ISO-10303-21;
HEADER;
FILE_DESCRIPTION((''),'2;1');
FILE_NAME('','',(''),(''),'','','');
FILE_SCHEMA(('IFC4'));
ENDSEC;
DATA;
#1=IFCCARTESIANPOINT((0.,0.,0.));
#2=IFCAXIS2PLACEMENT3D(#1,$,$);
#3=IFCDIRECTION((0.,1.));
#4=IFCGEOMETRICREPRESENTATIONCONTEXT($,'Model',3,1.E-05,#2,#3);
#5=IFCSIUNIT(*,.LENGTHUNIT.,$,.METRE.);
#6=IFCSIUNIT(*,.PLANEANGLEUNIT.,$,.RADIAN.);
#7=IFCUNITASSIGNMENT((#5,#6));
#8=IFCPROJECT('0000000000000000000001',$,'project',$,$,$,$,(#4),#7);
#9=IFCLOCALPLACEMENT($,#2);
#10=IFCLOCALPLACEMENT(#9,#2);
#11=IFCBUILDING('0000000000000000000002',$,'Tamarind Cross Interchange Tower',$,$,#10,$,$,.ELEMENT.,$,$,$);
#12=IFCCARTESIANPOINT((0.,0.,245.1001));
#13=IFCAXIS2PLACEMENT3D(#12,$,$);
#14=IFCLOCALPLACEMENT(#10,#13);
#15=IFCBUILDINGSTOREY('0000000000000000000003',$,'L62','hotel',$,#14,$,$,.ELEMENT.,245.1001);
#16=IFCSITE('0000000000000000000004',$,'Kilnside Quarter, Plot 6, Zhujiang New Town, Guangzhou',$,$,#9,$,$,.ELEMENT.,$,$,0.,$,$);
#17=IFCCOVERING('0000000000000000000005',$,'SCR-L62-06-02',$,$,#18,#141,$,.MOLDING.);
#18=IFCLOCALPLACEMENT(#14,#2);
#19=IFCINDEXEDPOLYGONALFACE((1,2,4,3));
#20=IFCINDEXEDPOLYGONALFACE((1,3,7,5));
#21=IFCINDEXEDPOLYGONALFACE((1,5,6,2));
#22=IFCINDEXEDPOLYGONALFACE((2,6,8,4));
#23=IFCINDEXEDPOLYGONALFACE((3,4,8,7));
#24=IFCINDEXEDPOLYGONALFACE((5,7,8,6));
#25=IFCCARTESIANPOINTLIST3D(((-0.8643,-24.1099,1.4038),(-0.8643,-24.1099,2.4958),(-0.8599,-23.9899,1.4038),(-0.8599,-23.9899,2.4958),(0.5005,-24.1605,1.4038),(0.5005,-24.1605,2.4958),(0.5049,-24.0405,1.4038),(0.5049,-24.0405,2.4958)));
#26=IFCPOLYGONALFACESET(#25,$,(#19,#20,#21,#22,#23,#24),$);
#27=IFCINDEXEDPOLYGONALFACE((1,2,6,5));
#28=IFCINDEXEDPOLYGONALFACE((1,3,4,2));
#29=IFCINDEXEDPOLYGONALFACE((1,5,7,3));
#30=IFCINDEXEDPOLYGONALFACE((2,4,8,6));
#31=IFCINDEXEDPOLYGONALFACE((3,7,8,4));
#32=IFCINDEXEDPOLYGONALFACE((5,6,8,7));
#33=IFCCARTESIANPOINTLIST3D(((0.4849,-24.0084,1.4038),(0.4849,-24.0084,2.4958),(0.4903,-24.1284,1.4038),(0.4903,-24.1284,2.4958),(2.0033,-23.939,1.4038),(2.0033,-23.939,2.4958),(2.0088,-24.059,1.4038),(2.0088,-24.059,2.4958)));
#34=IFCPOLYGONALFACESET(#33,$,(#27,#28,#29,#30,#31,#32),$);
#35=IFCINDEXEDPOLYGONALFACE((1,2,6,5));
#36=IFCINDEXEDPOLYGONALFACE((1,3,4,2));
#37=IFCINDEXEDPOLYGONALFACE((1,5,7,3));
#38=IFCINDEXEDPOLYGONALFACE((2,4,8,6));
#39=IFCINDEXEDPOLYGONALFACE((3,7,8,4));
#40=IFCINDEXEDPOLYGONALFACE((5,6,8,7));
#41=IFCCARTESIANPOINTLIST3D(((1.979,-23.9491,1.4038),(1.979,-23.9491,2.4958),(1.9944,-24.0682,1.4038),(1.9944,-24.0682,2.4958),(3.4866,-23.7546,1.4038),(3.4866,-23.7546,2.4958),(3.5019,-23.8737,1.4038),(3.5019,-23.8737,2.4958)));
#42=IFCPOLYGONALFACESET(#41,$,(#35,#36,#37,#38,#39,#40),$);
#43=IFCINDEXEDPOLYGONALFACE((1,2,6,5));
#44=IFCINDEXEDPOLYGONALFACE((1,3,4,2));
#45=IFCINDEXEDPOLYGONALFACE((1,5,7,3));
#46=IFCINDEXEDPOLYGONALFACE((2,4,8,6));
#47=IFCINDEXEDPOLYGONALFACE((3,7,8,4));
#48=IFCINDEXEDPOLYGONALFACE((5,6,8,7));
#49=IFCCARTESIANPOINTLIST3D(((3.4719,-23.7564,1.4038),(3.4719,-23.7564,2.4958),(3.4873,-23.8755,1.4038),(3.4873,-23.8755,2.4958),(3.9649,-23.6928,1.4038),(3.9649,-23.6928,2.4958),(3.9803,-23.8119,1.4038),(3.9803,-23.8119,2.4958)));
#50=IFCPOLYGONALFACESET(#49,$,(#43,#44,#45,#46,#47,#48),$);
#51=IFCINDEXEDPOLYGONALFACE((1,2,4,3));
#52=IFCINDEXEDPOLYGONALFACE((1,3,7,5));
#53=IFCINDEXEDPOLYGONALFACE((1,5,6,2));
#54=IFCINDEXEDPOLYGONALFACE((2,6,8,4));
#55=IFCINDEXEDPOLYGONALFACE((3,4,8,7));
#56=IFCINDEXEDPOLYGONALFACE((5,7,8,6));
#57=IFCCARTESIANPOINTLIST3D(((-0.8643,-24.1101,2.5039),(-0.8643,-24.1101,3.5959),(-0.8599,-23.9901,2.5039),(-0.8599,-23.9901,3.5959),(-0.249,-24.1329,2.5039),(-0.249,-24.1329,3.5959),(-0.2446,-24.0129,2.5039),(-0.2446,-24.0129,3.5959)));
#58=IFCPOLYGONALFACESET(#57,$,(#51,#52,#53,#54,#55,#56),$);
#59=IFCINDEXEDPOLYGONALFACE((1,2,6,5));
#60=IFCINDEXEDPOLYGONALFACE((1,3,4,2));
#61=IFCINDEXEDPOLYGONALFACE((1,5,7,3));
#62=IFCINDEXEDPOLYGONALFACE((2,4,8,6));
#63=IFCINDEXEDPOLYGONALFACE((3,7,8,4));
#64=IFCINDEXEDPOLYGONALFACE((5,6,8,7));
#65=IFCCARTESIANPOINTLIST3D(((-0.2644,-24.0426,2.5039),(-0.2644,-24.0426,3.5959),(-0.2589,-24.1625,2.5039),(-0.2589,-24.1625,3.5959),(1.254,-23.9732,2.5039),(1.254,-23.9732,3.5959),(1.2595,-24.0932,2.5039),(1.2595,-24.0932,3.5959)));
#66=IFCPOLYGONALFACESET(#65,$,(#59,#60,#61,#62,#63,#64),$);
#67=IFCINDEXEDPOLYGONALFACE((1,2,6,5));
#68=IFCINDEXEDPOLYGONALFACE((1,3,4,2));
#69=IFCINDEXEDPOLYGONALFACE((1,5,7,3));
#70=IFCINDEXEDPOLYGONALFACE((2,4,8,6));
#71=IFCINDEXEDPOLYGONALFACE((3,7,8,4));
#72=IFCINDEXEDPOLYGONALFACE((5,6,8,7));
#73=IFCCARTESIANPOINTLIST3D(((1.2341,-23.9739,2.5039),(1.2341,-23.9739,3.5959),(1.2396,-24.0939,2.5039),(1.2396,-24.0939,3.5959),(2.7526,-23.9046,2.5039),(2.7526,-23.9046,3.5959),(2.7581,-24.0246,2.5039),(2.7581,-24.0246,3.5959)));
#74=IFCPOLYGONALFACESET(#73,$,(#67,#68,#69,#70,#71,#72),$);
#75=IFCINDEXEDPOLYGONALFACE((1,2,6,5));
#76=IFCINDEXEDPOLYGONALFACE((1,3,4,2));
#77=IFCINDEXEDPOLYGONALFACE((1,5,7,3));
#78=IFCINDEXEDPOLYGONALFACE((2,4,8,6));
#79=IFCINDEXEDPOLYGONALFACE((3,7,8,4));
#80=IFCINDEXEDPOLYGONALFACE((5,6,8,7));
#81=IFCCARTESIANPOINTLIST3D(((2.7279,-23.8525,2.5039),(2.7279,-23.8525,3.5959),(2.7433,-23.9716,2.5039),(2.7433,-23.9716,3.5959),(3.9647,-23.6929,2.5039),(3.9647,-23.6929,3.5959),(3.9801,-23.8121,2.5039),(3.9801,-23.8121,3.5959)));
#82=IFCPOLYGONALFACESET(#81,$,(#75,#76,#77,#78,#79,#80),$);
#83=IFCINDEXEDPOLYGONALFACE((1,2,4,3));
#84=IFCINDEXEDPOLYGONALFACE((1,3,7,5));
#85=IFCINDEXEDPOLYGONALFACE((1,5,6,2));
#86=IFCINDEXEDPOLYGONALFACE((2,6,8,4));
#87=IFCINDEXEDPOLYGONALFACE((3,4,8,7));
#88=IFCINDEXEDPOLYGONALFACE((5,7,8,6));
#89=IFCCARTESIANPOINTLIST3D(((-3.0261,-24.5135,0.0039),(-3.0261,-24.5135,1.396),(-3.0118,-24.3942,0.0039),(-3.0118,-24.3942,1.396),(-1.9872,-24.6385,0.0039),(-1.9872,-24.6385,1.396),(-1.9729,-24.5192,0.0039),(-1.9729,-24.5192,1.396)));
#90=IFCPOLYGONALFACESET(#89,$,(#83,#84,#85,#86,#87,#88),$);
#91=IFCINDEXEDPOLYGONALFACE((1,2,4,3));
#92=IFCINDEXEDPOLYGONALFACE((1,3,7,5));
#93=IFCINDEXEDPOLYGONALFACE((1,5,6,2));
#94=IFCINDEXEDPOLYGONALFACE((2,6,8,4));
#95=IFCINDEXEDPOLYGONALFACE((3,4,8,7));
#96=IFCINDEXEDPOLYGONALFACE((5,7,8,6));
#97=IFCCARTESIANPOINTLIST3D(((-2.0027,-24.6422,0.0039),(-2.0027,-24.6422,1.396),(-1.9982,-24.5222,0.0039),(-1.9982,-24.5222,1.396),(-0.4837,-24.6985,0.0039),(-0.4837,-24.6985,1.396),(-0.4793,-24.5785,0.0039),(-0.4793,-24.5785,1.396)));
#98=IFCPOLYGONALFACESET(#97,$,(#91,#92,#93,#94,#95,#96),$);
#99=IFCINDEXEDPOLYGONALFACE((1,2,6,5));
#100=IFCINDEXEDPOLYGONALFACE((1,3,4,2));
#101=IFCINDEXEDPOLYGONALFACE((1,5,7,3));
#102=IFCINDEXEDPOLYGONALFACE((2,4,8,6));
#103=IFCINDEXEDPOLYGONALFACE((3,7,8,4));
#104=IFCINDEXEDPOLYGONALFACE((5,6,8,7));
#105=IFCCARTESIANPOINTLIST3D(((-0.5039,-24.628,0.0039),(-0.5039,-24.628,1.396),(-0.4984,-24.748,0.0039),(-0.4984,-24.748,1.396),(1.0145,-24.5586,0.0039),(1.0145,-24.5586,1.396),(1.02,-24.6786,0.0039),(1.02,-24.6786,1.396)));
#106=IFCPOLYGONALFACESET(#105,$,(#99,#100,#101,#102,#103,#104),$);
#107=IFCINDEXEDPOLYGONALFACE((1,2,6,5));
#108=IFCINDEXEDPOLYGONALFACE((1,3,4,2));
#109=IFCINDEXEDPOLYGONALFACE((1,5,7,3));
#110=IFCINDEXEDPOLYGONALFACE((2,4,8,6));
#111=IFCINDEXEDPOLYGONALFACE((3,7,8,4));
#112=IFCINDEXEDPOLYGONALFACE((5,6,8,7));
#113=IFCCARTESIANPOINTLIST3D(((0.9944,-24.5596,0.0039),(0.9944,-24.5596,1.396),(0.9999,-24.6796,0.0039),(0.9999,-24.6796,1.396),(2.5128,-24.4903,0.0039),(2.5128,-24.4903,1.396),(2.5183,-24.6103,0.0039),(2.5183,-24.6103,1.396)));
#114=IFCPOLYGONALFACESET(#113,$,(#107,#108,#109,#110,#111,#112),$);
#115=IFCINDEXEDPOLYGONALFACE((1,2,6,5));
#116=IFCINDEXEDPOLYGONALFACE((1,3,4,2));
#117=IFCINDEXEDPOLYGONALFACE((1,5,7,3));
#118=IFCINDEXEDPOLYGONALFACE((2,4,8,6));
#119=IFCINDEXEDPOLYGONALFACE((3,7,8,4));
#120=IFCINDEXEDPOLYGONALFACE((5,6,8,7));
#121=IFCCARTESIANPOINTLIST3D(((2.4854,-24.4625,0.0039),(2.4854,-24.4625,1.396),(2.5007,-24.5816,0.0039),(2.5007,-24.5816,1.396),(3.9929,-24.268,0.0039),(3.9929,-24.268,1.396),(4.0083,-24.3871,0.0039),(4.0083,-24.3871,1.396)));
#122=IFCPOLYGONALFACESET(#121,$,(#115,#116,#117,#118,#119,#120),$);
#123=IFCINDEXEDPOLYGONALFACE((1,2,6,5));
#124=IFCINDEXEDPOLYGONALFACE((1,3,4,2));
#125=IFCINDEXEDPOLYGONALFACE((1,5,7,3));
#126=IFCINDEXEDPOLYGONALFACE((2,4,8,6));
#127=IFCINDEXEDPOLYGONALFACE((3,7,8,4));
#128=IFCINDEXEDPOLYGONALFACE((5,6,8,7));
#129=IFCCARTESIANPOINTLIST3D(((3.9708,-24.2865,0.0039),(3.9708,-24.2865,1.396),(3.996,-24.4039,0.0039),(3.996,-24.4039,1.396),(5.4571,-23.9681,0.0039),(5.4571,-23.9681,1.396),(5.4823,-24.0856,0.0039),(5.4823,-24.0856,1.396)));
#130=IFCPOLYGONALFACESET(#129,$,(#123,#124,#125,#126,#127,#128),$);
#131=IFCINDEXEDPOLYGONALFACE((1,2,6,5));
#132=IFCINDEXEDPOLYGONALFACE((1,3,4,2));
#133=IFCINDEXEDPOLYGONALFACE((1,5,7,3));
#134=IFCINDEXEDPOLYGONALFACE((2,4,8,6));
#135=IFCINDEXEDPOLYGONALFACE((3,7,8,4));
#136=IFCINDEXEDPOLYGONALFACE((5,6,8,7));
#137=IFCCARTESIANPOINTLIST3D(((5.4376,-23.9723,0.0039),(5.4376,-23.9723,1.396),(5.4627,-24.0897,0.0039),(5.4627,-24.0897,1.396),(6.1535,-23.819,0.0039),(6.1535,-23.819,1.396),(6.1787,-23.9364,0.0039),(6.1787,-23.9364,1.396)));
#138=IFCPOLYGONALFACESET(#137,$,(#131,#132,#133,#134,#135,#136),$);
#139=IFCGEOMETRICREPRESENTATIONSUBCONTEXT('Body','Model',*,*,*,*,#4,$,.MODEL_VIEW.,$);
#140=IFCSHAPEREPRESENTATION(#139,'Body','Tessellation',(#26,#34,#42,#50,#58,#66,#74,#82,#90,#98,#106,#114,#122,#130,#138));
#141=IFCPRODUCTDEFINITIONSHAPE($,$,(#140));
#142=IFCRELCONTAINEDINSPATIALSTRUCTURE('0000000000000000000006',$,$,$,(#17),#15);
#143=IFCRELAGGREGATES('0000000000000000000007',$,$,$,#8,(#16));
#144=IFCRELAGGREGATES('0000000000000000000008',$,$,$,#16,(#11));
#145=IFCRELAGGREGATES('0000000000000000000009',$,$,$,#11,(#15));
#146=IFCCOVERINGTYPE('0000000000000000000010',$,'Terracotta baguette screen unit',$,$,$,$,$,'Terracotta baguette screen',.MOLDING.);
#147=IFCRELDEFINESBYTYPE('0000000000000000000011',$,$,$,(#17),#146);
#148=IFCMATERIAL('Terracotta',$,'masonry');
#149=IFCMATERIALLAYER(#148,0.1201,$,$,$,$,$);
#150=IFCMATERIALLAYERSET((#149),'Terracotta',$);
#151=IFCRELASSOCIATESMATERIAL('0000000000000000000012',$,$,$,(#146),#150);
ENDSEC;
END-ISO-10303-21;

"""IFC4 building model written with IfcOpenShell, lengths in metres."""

from ifc_helpers import new_model, si_unit, direction, frame, origin, origin_2d, place, context, subcontext, project, spatial, rectangle, extrude, material, layer, layer_set, type_object, element, save


model = new_model("IFC4")

# Units and contexts
model_context = context("Model", 3, precision=1e-05, world=origin(), true_north=direction((0.0, 1.0)))
body_context = subcontext(model_context, "Body", "Model", "MODEL_VIEW")
ifc_project = project(units=[si_unit("LENGTHUNIT", "METRE"), si_unit("PLANEANGLEUNIT", "RADIAN")], contexts=[model_context])

# Site, building, storey
site_placement = place(None, origin())
site = spatial("IfcSite", under=ifc_project, at=site_placement, Name="Kilnside Quarter, Plot 6, Zhujiang New Town, Guangzhou", CompositionType="ELEMENT", RefElevation=0.0)
building_placement = place(site_placement, origin())
building = spatial("IfcBuilding", under=site, at=building_placement, Name="Tamarind Cross Interchange Tower", CompositionType="ELEMENT")
storey_placement = place(building_placement, frame((0.0, 0.0, 245.1001)))
storey = spatial("IfcBuildingStorey", under=building, at=storey_placement, Name="L62", Description="hotel", CompositionType="ELEMENT", Elevation=245.1001)

# Covering
ifc_material_1 = material(Name="Terracotta", Category="masonry")
ifc_layer_1 = layer(ifc_material_1, 0.1201)
ifc_layer_set_1 = layer_set([ifc_layer_1], Name="Terracotta")
covering_type = type_object("IfcCoveringType", Name="Terracotta baguette screen unit", ElementType="Terracotta baguette screen", PredefinedType="MOLDING", material=ifc_layer_set_1)
covering_1_placement = place(storey_placement, origin())
element("IfcCovering", 1, at=covering_1_placement, inside=storey, type_object=covering_type, Name="SCR-L62-06-02", PredefinedType="MOLDING", context=body_context, shape_type="SweptSolid", body=[
    extrude(rectangle(XDim=1.3657, YDim=0.1201, at=origin_2d()), frame((-0.1797, -24.0752, 1.4038), z_axis=(0.0, 0.0, 1.0), x_axis=(0.999314, -0.037025, 0.0)), (0.0, 0.0, 1.0), 1.092),
    extrude(rectangle(XDim=1.52, YDim=0.1201, at=origin_2d()), frame((1.2468, -24.0337, 1.4038), z_axis=(0.0, 0.0, 1.0), x_axis=(0.998959, 0.045624, 0.0)), (0.0, 0.0, 1.0), 1.092),
    extrude(rectangle(XDim=1.52, YDim=0.1201, at=origin_2d()), frame((2.7405, -23.9114, 1.4038), z_axis=(0.0, 0.0, 1.0), x_axis=(0.991779, 0.127962, 0.0)), (0.0, 0.0, 1.0), 1.092),
    extrude(rectangle(XDim=0.4971, YDim=0.1201, at=origin_2d()), frame((3.7261, -23.7842, 1.4038), z_axis=(0.0, 0.0, 1.0), x_axis=(0.991779, 0.127962, 0.0)), (0.0, 0.0, 1.0), 1.092),
    extrude(rectangle(XDim=0.6157, YDim=0.1201, at=origin_2d()), frame((-0.5544, -24.0615, 2.5039), z_axis=(0.0, 0.0, 1.0), x_axis=(0.999314, -0.037025, 0.0)), (0.0, 0.0, 1.0), 1.092),
    extrude(rectangle(XDim=1.52, YDim=0.1201, at=origin_2d()), frame((0.4976, -24.0679, 2.5039), z_axis=(0.0, 0.0, 1.0), x_axis=(0.998959, 0.045624, 0.0)), (0.0, 0.0, 1.0), 1.092),
    extrude(rectangle(XDim=1.52, YDim=0.1201, at=origin_2d()), frame((1.9961, -23.9993, 2.5039), z_axis=(0.0, 0.0, 1.0), x_axis=(0.998959, 0.045624, 0.0)), (0.0, 0.0, 1.0), 1.092),
    extrude(rectangle(XDim=1.2471, YDim=0.1201, at=origin_2d()), frame((3.354, -23.8323, 2.5039), z_axis=(0.0, 0.0, 1.0), x_axis=(0.991779, 0.127962, 0.0)), (0.0, 0.0, 1.0), 1.092),
    extrude(rectangle(XDim=1.0464, YDim=0.1201, at=origin_2d()), frame((-2.4995, -24.5164, 0.0039), z_axis=(0.0, 0.0, 1.0), x_axis=(0.992844, -0.119421, 0.0)), (0.0, 0.0, 1.0), 1.3921),
    extrude(rectangle(XDim=1.52, YDim=0.1201, at=origin_2d()), frame((-1.241, -24.6104, 0.0039), z_axis=(0.0, 0.0, 1.0), x_axis=(0.999314, -0.037025, 0.0)), (0.0, 0.0, 1.0), 1.3921),
    extrude(rectangle(XDim=1.52, YDim=0.1201, at=origin_2d()), frame((0.2581, -24.6533, 0.0039), z_axis=(0.0, 0.0, 1.0), x_axis=(0.998959, 0.045624, 0.0)), (0.0, 0.0, 1.0), 1.3921),
    extrude(rectangle(XDim=1.52, YDim=0.1201, at=origin_2d()), frame((1.7563, -24.585, 0.0039), z_axis=(0.0, 0.0, 1.0), x_axis=(0.998959, 0.045624, 0.0)), (0.0, 0.0, 1.0), 1.3921),
    extrude(rectangle(XDim=1.52, YDim=0.1201, at=origin_2d()), frame((3.2468, -24.4248, 0.0039), z_axis=(0.0, 0.0, 1.0), x_axis=(0.991779, 0.127962, 0.0)), (0.0, 0.0, 1.0), 1.3921),
    extrude(rectangle(XDim=1.52, YDim=0.1201, at=origin_2d()), frame((4.7266, -24.186, 0.0039), z_axis=(0.0, 0.0, 1.0), x_axis=(0.977825, 0.209425, 0.0)), (0.0, 0.0, 1.0), 1.3921),
    extrude(rectangle(XDim=0.7322, YDim=0.1201, at=origin_2d()), frame((5.8081, -23.9543, 0.0039), z_axis=(0.0, 0.0, 1.0), x_axis=(0.977825, 0.209425, 0.0)), (0.0, 0.0, 1.0), 1.3921),
])

save(model, "model.ifc")
